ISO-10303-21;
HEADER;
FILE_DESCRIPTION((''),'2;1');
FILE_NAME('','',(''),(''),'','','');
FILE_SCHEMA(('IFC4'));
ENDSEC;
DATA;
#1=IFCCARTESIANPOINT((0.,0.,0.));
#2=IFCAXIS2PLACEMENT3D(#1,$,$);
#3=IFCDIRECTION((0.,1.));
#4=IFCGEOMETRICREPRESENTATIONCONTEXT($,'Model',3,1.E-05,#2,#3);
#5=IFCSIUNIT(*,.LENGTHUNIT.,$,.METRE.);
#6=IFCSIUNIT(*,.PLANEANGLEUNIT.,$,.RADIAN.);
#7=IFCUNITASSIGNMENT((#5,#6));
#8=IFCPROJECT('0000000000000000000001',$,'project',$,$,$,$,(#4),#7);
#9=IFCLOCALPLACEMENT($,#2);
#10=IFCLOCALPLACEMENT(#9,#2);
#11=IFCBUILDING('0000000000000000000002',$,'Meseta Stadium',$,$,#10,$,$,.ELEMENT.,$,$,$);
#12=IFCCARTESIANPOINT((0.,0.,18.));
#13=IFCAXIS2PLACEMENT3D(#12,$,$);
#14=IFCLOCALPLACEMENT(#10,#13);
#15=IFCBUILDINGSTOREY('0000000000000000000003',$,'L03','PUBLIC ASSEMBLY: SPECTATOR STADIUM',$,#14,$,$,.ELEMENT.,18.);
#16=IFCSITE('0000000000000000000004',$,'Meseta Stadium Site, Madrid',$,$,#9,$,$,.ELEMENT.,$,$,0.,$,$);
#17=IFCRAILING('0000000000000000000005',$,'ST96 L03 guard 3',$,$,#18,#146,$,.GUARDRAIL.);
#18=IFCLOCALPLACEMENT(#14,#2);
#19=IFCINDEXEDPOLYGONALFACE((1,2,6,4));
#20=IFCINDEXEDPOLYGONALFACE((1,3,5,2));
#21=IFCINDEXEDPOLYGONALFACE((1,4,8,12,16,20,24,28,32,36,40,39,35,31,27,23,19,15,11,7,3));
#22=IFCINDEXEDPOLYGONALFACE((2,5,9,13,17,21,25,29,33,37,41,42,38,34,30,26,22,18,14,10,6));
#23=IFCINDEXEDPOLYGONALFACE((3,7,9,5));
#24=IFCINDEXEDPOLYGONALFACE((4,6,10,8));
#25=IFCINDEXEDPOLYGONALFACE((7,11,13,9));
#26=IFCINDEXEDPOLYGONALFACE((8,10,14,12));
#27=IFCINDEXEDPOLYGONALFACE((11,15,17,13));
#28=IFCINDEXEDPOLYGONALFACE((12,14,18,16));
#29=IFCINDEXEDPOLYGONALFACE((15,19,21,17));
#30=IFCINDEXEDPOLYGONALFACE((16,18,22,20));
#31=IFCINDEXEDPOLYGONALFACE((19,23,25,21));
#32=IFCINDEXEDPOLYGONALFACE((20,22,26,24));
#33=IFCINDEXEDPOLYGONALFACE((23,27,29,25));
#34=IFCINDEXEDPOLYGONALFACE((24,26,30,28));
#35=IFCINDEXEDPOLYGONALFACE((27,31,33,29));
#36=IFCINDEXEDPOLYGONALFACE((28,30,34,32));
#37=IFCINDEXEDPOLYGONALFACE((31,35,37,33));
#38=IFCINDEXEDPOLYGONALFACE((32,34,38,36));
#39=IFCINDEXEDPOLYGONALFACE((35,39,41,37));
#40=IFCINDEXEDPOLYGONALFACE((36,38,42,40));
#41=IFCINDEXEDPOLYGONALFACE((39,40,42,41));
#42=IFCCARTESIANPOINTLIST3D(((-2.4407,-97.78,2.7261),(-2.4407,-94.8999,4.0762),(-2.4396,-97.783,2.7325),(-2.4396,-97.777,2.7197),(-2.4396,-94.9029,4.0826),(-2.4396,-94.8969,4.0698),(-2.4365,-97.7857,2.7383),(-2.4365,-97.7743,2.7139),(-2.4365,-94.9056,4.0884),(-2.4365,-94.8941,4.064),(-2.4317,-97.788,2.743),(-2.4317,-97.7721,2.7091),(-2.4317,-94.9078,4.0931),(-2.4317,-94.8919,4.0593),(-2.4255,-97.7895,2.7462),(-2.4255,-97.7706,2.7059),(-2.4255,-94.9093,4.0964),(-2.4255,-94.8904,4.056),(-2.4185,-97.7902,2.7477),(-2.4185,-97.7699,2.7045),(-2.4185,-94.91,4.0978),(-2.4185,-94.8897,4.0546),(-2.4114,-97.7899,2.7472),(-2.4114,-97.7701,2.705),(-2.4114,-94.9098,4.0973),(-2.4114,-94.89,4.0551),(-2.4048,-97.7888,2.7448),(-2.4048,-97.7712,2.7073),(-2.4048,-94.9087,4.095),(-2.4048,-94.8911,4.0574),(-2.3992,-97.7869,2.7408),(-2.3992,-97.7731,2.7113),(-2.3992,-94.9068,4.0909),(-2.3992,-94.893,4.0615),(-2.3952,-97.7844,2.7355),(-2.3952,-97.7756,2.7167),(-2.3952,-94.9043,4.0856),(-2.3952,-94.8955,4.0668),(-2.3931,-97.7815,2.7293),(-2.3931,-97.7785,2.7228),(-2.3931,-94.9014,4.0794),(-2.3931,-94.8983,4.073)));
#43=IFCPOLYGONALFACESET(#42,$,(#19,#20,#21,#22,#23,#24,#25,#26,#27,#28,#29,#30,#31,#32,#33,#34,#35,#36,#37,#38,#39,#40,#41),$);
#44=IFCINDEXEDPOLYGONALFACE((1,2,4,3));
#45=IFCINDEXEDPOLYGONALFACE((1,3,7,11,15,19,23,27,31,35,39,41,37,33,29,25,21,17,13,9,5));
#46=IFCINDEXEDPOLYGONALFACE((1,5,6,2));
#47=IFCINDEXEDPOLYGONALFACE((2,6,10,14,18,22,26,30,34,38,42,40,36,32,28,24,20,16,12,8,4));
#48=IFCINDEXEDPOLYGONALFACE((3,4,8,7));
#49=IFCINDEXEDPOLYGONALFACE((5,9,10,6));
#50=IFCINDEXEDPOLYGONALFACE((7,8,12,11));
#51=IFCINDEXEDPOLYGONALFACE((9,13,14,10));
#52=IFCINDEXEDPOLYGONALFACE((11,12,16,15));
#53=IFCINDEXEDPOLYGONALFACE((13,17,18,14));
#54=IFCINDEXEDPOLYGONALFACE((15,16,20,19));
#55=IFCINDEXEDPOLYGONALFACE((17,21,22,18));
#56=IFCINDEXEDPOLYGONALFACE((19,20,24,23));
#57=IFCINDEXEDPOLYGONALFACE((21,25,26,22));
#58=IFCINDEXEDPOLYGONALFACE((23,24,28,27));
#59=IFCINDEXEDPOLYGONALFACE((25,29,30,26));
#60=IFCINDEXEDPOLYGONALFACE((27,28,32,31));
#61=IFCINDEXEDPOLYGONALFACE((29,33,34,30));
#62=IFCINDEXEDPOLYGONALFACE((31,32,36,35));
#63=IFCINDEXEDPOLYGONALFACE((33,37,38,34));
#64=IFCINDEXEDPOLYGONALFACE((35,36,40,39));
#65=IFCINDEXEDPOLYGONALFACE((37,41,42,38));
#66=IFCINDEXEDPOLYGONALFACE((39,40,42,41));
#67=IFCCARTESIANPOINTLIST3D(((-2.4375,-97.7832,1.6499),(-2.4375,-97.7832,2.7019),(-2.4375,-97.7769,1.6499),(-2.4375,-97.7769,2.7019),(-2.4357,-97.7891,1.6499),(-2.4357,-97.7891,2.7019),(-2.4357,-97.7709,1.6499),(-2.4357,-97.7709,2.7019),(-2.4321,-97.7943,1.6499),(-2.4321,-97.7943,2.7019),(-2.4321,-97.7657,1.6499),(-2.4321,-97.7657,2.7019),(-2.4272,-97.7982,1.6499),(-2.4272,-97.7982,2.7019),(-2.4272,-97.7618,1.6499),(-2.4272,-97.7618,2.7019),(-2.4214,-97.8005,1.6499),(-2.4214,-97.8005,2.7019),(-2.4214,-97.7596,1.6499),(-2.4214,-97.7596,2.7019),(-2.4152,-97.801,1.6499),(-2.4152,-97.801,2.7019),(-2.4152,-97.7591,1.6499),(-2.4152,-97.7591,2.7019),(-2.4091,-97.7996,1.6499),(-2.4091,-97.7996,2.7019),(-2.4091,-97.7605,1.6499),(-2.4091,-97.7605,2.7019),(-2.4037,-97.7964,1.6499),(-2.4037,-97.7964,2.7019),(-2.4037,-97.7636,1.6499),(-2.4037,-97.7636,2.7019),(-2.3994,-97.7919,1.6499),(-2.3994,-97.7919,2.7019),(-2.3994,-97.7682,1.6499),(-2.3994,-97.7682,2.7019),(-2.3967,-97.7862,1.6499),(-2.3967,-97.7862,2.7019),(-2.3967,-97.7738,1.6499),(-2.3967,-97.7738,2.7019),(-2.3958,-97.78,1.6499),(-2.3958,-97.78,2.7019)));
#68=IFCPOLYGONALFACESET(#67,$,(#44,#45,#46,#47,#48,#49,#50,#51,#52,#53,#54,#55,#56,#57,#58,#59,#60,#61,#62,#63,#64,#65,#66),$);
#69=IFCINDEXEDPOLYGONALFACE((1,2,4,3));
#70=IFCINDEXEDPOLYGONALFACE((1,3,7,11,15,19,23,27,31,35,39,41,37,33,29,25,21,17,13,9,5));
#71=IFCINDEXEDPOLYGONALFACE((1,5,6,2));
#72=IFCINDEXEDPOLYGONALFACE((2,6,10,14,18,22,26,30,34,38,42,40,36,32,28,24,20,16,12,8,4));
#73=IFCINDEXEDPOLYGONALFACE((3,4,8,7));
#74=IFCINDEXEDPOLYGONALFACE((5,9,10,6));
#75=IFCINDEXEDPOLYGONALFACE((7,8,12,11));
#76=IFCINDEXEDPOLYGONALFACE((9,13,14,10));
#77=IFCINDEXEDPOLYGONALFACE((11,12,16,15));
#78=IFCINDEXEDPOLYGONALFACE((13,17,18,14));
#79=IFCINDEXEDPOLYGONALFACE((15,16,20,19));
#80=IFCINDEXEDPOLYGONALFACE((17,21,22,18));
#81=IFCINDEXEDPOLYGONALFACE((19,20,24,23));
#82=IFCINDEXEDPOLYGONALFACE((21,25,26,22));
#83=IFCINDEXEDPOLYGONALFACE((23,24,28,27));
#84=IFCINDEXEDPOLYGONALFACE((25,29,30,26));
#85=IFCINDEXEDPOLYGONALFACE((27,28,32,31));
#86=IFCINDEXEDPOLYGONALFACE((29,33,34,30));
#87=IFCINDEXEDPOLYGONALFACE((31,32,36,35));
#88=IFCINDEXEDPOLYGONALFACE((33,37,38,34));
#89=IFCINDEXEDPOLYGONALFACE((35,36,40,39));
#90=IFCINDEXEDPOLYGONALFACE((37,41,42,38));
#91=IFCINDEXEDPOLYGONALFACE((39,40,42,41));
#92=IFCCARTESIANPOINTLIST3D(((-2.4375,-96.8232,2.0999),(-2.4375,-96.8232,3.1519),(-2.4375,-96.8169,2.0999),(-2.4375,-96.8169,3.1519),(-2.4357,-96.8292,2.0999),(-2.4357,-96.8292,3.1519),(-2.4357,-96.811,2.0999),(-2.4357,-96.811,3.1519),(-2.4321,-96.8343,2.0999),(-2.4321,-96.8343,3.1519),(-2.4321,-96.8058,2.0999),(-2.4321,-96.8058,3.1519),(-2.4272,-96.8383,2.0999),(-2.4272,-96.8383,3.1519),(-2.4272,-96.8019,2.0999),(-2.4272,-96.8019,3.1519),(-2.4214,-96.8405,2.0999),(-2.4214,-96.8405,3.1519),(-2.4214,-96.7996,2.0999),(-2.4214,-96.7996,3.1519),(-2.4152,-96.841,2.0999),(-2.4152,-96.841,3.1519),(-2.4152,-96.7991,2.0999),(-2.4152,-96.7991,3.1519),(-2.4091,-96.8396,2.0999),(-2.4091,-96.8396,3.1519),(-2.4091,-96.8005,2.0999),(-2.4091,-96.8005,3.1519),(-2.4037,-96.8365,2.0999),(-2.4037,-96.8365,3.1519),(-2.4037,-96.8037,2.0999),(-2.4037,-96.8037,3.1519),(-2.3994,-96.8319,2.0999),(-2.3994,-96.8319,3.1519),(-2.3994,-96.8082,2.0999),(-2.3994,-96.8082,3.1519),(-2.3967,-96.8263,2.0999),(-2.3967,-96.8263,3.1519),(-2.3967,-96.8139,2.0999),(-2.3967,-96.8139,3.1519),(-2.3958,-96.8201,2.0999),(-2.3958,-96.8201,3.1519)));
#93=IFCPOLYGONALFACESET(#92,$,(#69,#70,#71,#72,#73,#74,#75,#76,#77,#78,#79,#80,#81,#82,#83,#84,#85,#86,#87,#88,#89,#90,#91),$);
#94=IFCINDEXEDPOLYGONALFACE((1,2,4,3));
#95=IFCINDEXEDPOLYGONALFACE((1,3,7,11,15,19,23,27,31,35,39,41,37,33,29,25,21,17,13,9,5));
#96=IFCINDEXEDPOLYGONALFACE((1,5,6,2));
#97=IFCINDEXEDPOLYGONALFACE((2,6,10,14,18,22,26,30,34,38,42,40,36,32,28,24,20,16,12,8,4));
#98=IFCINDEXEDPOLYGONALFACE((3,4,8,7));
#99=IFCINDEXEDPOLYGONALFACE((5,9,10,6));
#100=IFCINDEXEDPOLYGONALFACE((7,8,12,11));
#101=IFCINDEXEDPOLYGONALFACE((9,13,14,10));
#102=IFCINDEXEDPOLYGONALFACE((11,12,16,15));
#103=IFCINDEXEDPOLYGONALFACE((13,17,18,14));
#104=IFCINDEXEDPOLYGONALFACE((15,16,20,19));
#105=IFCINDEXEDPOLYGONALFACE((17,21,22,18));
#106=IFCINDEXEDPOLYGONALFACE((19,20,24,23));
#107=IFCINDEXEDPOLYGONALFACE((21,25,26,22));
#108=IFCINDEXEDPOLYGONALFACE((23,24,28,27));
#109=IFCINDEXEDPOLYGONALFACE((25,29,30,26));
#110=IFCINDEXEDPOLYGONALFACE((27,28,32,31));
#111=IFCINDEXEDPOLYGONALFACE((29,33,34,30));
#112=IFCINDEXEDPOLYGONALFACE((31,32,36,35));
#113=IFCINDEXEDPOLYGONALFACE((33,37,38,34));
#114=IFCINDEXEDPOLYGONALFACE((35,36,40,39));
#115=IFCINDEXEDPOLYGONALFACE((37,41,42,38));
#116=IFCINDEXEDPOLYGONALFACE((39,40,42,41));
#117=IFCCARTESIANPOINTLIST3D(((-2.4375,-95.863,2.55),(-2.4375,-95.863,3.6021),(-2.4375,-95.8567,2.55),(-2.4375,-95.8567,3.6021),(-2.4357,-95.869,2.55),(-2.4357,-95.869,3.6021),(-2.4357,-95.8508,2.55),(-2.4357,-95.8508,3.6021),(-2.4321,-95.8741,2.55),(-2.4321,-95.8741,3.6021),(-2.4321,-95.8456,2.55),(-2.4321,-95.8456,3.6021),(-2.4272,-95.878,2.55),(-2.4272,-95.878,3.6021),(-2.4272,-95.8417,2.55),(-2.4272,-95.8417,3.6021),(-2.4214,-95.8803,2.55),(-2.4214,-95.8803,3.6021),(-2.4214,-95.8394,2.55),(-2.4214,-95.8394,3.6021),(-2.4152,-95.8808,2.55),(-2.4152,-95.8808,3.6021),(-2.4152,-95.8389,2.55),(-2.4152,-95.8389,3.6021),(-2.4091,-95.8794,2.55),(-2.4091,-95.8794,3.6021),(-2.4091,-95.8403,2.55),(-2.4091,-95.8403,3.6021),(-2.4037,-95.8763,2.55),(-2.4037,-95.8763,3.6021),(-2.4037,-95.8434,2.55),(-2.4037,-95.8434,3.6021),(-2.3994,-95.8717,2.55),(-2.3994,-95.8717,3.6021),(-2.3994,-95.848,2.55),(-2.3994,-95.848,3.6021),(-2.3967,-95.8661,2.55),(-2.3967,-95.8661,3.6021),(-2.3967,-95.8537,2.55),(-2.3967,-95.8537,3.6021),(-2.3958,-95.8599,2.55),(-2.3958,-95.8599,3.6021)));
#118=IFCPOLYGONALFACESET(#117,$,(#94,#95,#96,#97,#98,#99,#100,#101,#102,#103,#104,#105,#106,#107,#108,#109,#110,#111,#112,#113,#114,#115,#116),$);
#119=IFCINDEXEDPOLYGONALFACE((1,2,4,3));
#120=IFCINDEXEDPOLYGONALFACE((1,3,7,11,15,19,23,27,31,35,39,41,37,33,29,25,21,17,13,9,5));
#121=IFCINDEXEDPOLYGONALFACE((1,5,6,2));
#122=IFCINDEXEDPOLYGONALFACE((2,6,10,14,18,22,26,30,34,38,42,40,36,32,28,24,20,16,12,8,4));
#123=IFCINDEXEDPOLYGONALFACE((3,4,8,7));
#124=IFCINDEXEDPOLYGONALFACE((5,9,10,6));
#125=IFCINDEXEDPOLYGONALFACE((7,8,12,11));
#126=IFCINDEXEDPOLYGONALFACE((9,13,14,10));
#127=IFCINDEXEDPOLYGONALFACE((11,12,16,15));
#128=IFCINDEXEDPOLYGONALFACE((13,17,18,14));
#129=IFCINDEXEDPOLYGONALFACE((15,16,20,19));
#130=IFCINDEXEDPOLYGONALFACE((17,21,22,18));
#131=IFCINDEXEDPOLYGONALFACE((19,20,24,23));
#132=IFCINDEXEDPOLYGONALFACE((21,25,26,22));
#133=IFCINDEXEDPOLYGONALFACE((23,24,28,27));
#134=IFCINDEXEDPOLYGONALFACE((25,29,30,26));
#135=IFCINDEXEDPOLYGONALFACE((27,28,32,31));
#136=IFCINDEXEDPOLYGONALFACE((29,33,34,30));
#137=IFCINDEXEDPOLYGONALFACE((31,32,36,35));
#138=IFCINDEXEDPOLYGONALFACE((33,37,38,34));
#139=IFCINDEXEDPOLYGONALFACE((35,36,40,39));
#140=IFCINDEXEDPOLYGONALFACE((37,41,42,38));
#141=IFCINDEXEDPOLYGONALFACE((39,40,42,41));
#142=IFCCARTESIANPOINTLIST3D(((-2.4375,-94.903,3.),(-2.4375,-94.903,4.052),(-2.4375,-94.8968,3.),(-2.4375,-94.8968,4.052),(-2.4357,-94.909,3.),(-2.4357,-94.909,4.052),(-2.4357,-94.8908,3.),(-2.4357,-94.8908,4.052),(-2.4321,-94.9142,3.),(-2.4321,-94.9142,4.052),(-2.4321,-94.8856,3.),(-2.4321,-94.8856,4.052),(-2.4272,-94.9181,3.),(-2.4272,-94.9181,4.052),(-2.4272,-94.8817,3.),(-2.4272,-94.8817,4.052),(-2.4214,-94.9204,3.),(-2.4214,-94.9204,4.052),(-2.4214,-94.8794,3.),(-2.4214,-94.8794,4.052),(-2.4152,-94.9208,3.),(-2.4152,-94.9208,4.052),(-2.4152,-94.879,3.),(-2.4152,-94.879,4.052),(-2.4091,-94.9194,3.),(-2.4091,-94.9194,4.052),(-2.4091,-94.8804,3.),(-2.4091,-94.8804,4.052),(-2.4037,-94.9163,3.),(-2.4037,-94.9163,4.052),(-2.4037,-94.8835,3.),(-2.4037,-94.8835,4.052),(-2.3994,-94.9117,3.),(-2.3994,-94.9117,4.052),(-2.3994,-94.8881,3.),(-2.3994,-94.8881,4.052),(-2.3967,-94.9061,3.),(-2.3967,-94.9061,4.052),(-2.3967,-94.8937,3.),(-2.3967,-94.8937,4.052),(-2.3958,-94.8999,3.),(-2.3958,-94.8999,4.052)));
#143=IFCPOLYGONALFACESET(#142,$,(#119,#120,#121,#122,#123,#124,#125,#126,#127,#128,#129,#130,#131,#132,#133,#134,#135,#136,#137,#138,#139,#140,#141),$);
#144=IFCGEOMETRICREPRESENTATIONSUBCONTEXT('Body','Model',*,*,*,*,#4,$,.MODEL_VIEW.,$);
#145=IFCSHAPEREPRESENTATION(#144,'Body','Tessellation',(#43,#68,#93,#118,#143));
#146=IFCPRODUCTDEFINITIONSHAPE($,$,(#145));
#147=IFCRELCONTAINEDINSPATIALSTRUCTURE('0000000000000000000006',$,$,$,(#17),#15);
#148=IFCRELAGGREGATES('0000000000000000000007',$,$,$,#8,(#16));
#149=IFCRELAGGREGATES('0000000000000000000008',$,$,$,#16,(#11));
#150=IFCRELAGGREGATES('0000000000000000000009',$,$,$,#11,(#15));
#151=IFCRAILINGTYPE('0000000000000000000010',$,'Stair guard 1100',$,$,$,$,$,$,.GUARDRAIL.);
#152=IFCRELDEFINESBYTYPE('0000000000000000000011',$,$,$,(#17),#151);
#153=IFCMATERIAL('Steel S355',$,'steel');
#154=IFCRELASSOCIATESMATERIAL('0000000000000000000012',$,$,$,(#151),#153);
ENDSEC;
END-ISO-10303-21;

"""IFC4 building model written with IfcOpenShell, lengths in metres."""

from ifc_helpers import new_model, si_unit, direction, frame, origin, origin_2d, place, context, subcontext, project, spatial, circle, extrude, material, type_object, element, save


model = new_model("IFC4")

# Units and contexts
model_context = context("Model", 3, precision=1e-05, world=origin(), true_north=direction((0.0, 1.0)))
body_context = subcontext(model_context, "Body", "Model", "MODEL_VIEW")
ifc_project = project(units=[si_unit("LENGTHUNIT", "METRE"), si_unit("PLANEANGLEUNIT", "RADIAN")], contexts=[model_context])

# Site, building, storey
site_placement = place(None, origin())
site = spatial("IfcSite", under=ifc_project, at=site_placement, Name="Meseta Stadium Site, Madrid", CompositionType="ELEMENT", RefElevation=0.0)
building_placement = place(site_placement, origin())
building = spatial("IfcBuilding", under=site, at=building_placement, Name="Meseta Stadium", CompositionType="ELEMENT")
storey_placement = place(building_placement, frame((0.0, 0.0, 18.0)))
storey = spatial("IfcBuildingStorey", under=building, at=storey_placement, Name="L03", Description="PUBLIC ASSEMBLY: SPECTATOR STADIUM", CompositionType="ELEMENT", Elevation=18.0)

# Railing
ifc_material_1 = material(Name="Steel S355", Category="steel")
railing_type_1 = type_object("IfcRailingType", Name="Stair guard 1100", PredefinedType="GUARDRAIL", material=ifc_material_1)
for number, where, name in (
    (1, (-2.4167, -97.78, 1.6499), "ST96 L03 guard 3"),
):
    element("IfcRailing", number, at=place(storey_placement, frame(where)), inside=storey, type_object=railing_type_1, Name=name, PredefinedType="GUARDRAIL", context=body_context, shape_type="SweptSolid", body=[
        extrude(circle(Radius=0.0239, at=origin_2d()), frame((0.0, 0.0, 1.0762), z_axis=(0.0, 0.905454, 0.424444), x_axis=(-1.0, 0.0, 0.0)), (0.0, 0.0, 1.0), 3.1809),
        extrude(circle(Radius=0.021, at=origin_2d()), origin(), (0.0, 0.0, 1.0), 1.052),
        extrude(circle(Radius=0.021, at=origin_2d()), frame((0.0, 0.96, 0.45)), (0.0, 0.0, 1.0), 1.052),
        extrude(circle(Radius=0.021, at=origin_2d()), frame((0.0, 1.9202, 0.9001)), (0.0, 0.0, 1.0), 1.052),
        extrude(circle(Radius=0.021, at=origin_2d()), frame((0.0, 2.8801, 1.3501)), (0.0, 0.0, 1.0), 1.052),
    ])

save(model, "model.ifc")
